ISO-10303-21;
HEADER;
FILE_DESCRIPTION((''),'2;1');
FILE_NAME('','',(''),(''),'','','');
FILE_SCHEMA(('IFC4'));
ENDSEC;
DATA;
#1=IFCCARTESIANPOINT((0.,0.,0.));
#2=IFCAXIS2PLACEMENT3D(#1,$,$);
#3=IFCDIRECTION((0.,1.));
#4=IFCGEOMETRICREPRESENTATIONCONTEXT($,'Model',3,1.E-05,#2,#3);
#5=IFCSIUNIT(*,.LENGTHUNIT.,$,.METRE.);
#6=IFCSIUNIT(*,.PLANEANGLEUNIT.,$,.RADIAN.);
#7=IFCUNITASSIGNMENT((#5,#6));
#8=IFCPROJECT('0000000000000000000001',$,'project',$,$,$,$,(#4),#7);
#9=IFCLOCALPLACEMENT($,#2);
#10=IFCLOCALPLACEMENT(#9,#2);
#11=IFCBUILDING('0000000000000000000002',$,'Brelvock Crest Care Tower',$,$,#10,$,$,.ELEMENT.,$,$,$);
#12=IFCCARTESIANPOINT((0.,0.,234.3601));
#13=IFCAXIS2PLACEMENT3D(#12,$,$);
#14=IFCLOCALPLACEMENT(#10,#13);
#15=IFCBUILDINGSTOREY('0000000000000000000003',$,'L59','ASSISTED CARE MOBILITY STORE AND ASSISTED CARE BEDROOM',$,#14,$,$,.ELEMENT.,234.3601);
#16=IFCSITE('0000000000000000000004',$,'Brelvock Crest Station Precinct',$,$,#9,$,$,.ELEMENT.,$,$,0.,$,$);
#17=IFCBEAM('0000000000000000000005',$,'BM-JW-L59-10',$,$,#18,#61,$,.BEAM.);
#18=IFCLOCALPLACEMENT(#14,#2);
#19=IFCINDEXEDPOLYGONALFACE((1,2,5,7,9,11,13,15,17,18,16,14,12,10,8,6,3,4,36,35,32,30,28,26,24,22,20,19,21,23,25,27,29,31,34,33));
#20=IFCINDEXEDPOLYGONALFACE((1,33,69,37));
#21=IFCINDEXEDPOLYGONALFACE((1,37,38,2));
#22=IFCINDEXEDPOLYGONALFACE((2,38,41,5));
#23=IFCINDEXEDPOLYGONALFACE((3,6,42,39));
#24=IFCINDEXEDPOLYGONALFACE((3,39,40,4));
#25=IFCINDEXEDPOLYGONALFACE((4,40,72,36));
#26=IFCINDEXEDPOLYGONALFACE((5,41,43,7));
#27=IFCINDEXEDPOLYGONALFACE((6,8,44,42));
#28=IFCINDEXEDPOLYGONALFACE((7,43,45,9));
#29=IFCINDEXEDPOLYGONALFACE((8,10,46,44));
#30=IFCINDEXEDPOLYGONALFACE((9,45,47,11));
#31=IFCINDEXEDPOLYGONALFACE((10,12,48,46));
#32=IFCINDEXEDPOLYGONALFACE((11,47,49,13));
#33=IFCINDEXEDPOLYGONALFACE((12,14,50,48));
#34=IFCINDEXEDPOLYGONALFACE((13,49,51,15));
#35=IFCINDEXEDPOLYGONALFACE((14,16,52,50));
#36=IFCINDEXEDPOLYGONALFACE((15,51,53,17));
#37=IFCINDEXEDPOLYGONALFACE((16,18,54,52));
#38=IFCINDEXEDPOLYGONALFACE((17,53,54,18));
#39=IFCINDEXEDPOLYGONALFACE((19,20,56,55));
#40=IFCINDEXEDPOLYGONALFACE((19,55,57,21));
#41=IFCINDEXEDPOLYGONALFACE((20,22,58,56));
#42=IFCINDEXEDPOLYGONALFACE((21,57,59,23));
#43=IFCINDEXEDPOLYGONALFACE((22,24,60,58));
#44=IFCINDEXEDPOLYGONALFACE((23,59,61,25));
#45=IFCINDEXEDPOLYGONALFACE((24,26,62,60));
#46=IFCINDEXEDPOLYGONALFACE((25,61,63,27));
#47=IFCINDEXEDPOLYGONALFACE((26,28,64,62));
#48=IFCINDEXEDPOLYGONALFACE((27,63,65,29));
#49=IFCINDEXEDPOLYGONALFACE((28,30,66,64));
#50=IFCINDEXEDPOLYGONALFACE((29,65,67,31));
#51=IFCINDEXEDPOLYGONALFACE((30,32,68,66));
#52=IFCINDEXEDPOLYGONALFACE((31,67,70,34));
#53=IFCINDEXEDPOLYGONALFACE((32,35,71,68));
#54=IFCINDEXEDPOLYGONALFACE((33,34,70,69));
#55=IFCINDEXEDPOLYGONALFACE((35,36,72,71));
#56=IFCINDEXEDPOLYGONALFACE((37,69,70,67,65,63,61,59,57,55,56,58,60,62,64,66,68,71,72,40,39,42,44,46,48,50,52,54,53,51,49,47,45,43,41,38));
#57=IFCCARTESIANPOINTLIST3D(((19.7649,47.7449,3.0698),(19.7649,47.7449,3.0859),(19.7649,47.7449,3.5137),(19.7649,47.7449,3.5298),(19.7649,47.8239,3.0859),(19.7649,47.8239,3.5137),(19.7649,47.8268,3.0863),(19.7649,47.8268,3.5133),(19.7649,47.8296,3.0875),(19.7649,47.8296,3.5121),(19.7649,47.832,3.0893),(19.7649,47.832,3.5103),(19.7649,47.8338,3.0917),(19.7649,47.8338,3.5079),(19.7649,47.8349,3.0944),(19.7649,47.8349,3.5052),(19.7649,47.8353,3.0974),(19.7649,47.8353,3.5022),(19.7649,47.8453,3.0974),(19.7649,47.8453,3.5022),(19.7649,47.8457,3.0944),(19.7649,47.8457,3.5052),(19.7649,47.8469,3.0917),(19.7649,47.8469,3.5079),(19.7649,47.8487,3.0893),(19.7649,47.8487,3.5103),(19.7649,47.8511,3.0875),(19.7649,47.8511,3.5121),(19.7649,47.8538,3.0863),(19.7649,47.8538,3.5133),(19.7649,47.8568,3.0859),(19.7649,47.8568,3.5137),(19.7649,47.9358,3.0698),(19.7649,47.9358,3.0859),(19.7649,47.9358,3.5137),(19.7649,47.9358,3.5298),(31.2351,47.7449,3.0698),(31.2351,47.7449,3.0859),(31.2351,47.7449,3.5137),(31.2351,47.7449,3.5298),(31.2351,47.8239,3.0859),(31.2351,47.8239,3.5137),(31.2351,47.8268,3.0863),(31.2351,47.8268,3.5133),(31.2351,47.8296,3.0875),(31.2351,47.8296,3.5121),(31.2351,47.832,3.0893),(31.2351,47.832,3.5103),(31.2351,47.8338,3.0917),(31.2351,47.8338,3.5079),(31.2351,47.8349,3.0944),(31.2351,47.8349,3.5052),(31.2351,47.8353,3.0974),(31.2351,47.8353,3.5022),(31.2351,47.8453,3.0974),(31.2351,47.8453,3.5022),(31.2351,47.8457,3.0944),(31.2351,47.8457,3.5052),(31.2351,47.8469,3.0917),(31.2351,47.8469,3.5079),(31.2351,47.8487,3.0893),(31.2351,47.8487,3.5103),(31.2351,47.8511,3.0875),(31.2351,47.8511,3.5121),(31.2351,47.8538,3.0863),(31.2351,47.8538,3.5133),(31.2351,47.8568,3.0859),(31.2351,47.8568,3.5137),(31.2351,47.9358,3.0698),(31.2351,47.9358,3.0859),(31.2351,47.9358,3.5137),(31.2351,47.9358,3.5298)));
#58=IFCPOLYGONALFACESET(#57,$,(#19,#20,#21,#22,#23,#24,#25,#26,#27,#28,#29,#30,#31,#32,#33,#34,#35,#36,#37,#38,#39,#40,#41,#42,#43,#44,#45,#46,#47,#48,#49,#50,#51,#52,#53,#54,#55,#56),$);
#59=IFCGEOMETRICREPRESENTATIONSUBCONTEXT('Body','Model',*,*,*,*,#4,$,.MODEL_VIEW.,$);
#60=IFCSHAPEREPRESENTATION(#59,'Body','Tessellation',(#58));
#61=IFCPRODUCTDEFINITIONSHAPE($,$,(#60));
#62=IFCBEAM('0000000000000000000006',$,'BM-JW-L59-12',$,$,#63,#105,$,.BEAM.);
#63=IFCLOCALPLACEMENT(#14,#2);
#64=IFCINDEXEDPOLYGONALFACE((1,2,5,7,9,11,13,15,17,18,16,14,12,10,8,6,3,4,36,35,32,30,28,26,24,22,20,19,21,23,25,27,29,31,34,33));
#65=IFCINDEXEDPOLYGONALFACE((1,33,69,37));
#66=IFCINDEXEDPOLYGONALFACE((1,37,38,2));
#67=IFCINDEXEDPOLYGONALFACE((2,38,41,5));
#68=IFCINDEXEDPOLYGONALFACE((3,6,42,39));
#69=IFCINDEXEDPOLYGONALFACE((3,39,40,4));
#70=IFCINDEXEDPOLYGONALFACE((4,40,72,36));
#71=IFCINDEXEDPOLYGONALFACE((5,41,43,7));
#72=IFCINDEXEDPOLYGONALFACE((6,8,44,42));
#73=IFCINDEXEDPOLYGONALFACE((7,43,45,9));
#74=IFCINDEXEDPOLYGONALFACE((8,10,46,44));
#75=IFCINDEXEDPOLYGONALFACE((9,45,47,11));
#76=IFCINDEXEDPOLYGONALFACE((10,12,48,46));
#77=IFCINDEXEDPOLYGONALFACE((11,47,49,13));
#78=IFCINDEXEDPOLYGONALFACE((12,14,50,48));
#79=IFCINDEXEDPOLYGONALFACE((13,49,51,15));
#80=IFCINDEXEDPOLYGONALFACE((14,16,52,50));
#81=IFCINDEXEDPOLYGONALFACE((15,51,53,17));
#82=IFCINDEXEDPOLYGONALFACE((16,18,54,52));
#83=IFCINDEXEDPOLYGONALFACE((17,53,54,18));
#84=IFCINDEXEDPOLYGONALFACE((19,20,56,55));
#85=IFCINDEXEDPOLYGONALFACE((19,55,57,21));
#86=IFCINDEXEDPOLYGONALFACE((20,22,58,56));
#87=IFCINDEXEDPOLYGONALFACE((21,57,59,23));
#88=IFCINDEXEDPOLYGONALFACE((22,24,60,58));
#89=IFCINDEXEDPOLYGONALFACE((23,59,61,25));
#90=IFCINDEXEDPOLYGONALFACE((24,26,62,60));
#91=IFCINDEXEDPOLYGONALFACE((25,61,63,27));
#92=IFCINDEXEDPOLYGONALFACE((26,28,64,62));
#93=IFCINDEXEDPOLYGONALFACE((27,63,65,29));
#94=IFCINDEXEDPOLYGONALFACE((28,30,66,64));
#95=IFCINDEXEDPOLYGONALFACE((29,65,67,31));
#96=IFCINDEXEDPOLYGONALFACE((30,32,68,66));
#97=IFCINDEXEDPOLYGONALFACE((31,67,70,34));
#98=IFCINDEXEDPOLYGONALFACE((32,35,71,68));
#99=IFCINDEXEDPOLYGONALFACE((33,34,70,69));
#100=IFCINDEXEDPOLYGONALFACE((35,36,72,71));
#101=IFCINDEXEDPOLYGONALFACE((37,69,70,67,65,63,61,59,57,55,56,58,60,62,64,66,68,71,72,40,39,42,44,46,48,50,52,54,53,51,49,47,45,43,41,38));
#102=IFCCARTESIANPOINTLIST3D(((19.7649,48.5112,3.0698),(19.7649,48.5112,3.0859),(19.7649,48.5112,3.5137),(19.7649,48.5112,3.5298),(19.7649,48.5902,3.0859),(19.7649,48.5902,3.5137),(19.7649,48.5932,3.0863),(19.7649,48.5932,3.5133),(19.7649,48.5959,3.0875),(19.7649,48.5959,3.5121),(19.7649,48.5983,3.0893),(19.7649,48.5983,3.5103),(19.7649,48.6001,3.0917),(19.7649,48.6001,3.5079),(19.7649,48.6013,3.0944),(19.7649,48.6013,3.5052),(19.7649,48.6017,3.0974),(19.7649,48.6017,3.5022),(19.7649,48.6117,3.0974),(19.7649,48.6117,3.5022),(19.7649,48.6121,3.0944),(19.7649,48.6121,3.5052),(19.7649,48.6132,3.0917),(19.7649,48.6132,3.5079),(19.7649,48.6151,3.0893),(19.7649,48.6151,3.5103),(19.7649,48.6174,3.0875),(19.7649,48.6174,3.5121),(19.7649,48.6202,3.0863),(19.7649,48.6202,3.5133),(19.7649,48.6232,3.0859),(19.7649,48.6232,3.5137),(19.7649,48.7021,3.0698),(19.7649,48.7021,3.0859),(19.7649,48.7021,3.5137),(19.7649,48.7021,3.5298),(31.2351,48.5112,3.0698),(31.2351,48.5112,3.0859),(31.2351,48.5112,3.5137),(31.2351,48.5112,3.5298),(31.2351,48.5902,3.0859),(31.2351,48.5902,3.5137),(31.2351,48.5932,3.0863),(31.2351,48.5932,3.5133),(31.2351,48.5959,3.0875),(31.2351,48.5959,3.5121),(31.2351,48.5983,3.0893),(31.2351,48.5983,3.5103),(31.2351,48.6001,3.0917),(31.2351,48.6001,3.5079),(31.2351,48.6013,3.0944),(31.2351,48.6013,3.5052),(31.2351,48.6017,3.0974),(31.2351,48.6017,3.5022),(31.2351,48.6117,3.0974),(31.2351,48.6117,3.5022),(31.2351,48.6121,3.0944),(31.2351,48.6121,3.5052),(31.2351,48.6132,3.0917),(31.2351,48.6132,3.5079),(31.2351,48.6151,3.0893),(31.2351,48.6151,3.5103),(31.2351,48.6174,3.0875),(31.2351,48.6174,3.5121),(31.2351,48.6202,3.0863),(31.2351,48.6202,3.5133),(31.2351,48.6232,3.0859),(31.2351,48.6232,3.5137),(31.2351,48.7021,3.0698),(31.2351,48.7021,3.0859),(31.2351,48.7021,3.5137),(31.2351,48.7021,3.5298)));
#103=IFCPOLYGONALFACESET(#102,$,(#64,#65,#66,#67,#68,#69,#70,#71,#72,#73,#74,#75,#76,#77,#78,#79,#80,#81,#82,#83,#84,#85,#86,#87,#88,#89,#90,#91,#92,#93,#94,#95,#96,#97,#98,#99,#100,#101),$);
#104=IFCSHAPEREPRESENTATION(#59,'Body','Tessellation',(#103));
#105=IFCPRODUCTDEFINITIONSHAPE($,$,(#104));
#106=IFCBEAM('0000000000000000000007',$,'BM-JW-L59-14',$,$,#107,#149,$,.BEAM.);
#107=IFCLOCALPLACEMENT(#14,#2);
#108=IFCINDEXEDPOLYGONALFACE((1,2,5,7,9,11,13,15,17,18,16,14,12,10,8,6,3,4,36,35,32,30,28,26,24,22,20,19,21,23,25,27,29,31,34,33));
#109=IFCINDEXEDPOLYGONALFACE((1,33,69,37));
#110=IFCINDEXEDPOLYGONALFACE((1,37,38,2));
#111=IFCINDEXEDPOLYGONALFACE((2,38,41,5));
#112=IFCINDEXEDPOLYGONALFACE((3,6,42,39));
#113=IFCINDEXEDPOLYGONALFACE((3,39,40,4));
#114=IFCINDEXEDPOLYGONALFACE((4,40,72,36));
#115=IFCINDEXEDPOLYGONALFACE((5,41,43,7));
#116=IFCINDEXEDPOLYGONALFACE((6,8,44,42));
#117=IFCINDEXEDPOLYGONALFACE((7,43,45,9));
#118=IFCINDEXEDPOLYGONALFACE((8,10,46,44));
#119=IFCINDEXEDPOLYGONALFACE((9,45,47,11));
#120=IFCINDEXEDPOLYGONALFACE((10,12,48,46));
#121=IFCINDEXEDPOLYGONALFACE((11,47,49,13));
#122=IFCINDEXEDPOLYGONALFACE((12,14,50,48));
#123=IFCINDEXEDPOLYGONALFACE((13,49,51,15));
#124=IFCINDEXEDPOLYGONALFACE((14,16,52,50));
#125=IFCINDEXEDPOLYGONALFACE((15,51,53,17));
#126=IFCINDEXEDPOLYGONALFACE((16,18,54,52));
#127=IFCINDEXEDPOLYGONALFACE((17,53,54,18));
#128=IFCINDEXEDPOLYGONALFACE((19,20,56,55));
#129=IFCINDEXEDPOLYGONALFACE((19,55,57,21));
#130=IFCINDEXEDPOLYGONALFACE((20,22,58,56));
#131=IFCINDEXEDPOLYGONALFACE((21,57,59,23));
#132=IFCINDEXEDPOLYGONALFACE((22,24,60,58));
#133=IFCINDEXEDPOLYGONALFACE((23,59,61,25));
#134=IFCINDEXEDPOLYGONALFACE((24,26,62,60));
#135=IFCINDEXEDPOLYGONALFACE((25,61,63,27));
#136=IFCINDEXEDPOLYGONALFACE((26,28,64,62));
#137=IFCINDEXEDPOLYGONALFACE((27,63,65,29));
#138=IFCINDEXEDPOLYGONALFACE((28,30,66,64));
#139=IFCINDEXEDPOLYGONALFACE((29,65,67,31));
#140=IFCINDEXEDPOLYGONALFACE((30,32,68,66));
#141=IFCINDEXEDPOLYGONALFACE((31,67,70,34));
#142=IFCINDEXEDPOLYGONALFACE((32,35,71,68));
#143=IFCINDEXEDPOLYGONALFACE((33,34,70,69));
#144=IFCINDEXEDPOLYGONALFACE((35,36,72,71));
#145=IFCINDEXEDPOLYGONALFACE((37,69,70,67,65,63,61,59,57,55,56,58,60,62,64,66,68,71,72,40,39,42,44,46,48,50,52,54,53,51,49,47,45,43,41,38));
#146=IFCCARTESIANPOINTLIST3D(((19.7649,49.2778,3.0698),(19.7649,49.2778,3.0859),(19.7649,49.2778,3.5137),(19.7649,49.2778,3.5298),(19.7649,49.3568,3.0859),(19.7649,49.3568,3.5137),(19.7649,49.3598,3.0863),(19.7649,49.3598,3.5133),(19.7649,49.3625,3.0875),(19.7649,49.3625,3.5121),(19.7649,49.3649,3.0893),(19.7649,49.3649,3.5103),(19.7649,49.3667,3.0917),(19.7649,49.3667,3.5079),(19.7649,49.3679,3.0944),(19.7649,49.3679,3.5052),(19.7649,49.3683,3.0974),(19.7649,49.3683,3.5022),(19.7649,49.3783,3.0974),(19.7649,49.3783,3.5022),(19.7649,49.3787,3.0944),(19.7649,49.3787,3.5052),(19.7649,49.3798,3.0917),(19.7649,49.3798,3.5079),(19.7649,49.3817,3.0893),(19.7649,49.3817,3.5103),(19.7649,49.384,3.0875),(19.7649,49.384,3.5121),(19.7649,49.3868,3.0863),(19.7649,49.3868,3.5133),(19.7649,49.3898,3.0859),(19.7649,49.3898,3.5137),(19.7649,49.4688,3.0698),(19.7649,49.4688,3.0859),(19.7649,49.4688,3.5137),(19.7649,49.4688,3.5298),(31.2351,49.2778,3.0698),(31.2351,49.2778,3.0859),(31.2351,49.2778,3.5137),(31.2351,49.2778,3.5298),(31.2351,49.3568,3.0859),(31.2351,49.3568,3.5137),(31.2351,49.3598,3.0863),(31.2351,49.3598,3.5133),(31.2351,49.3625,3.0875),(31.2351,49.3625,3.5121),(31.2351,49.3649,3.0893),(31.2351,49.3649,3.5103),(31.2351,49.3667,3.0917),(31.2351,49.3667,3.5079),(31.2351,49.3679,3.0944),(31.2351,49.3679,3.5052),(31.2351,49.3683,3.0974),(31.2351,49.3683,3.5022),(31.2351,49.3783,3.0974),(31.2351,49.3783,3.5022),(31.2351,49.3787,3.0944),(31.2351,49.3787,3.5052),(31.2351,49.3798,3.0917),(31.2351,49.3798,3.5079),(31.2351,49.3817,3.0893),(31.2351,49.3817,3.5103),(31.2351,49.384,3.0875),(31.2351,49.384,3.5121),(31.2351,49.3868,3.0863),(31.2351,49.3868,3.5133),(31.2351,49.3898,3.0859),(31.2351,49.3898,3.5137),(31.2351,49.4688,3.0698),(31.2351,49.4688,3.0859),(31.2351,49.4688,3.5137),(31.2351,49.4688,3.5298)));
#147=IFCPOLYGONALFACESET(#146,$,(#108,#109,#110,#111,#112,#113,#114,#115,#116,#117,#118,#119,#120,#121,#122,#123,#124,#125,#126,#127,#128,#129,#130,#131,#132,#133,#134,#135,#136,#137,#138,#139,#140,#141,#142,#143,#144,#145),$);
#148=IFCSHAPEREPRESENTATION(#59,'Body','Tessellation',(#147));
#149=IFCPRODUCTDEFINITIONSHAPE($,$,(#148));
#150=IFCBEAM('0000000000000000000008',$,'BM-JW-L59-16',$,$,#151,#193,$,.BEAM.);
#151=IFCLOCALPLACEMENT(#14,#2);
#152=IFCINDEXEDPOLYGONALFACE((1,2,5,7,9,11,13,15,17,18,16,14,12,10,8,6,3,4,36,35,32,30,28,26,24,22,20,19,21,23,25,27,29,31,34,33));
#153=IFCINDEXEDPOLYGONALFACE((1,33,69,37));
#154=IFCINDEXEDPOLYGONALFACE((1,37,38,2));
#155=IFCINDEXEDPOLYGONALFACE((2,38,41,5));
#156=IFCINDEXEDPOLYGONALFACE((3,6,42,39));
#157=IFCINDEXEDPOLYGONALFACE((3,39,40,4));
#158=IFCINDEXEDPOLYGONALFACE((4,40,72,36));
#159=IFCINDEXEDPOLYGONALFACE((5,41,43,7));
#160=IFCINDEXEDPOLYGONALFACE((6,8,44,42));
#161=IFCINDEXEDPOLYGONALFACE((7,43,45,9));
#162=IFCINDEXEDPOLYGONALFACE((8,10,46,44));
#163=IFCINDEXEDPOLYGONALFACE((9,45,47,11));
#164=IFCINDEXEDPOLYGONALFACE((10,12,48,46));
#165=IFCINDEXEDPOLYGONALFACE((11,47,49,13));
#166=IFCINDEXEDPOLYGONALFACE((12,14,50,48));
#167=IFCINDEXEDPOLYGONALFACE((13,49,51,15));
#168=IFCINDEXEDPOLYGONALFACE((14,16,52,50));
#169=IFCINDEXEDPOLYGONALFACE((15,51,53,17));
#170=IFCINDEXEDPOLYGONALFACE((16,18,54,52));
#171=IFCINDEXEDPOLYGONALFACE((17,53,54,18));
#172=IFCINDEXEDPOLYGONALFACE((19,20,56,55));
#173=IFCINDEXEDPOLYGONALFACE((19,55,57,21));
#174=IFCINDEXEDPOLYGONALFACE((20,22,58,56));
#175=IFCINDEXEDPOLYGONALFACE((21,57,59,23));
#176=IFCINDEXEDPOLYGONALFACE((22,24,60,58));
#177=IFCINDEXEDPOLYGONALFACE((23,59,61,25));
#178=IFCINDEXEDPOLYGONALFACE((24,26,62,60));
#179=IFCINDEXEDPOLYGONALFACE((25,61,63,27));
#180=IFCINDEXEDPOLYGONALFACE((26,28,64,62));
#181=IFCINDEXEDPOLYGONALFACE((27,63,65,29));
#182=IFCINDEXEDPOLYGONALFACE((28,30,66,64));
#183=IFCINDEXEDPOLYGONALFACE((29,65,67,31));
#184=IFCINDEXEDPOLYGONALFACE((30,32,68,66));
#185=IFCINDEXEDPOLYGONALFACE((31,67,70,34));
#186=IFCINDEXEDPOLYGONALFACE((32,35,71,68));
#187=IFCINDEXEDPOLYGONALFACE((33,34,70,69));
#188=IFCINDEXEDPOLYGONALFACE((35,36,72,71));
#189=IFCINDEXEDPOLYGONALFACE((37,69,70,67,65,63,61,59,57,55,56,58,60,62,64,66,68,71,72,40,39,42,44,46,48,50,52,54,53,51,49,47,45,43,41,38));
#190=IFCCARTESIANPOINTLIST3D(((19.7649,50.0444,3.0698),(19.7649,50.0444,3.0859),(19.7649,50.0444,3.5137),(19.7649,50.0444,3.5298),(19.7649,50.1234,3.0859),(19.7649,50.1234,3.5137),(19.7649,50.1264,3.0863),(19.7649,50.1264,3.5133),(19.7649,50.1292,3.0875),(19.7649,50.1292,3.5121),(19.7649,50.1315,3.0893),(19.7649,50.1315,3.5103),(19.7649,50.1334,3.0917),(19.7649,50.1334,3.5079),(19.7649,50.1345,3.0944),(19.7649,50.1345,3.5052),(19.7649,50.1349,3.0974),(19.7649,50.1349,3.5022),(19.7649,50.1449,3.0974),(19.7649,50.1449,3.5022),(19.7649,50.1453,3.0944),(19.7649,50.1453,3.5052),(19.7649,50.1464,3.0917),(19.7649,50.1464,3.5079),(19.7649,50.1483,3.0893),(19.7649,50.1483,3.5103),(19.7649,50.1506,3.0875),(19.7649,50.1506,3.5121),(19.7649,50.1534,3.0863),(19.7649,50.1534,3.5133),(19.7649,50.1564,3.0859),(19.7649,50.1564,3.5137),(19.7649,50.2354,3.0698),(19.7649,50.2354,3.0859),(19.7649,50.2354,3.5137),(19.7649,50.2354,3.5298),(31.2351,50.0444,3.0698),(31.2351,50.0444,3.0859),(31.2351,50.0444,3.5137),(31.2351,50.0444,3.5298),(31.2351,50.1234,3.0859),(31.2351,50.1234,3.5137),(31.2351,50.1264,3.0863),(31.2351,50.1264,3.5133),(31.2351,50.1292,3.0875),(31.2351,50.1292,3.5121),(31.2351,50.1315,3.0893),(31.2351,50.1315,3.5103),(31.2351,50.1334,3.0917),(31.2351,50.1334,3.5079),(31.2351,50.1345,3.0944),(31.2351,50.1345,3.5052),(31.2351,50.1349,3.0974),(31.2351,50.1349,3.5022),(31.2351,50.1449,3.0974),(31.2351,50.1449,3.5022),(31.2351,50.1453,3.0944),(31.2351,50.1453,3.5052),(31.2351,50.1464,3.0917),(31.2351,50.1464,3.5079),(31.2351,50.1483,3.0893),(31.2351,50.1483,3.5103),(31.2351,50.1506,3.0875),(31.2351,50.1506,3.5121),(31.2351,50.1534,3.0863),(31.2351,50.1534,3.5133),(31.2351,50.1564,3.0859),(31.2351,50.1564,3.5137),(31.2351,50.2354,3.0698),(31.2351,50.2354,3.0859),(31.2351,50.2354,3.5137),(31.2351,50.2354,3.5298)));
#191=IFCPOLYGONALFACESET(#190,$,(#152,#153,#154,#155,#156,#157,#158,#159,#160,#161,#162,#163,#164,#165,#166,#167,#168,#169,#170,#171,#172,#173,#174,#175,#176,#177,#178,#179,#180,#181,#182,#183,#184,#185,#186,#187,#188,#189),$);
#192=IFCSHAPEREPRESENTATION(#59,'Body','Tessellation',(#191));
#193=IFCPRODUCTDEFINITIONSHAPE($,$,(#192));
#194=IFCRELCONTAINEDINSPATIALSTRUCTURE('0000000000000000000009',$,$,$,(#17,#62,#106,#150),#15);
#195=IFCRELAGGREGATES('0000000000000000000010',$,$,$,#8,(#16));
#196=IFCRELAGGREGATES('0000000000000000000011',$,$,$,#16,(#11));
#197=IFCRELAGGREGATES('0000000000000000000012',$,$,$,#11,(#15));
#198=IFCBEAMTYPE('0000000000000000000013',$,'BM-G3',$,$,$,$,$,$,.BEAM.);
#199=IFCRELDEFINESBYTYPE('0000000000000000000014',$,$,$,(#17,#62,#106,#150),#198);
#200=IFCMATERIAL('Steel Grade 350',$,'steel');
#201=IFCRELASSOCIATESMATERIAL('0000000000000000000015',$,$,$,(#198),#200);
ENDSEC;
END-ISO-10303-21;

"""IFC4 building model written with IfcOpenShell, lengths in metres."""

from ifc_helpers import new_model, si_unit, direction, frame, origin, origin_2d, place, context, subcontext, project, spatial, i_section, extrude, source, transform, mapped, material, material_profile, profile_set, type_object, element, save


model = new_model("IFC4")

# Units and contexts
model_context = context("Model", 3, precision=1e-05, world=origin(), true_north=direction((0.0, 1.0)))
body_context = subcontext(model_context, "Body", "Model", "MODEL_VIEW")
ifc_project = project(units=[si_unit("LENGTHUNIT", "METRE"), si_unit("PLANEANGLEUNIT", "RADIAN")], contexts=[model_context])

# Site, building, storey
site_placement = place(None, origin())
site = spatial("IfcSite", under=ifc_project, at=site_placement, Name="Brelvock Crest Station Precinct", CompositionType="ELEMENT", RefElevation=0.0)
building_placement = place(site_placement, origin())
building = spatial("IfcBuilding", under=site, at=building_placement, Name="Brelvock Crest Care Tower", CompositionType="ELEMENT")
storey_placement = place(building_placement, frame((0.0, 0.0, 234.3601)))
storey = spatial("IfcBuildingStorey", under=building, at=storey_placement, Name="L59", Description="ASSISTED CARE MOBILITY STORE AND ASSISTED CARE BEDROOM", CompositionType="ELEMENT", Elevation=234.3601)

# Beams
ifc_material_1 = material(Name="Steel Grade 350", Category="steel")
ifc_material_profile_1 = material_profile(ifc_material_1, i_section(OverallWidth=0.1909, OverallDepth=0.46, WebThickness=0.01, FlangeThickness=0.0161, FilletRadius=0.0115, at=origin_2d()), Name="460UB82.1")
ifc_profile_set_1 = profile_set([ifc_material_profile_1], Name="Steel Grade 350")
beam_type_1 = type_object("IfcBeamType", Name="BM-G3", PredefinedType="BEAM", material=ifc_profile_set_1)
shared_shape_1 = source(origin(), body_context, "Body", "SweptSolid", [
    extrude(i_section(OverallWidth=0.1909, OverallDepth=0.46, WebThickness=0.01, FlangeThickness=0.0161, FilletRadius=0.0115, at=origin_2d()), origin(), (0.0, 0.0, 1.0), 11.4702),
])
for number, where, z_axis, x_axis, name in (
    (1, (19.7649, 47.8403, 3.2998), (1.0, 0.0, 0.0), (0.0, 1.0, 0.0), "BM-JW-L59-10"),
    (2, (19.7649, 48.6067, 3.2998), (1.0, 0.0, 0.0), (0.0, 1.0, 0.0), "BM-JW-L59-12"),
    (3, (19.7649, 49.3733, 3.2998), (1.0, 0.0, 0.0), (0.0, 1.0, 0.0), "BM-JW-L59-14"),
    (4, (19.7649, 50.1399, 3.2998), (1.0, 0.0, 0.0), (0.0, 1.0, 0.0), "BM-JW-L59-16"),
):
    element("IfcBeam", number, at=place(storey_placement, frame(where, z_axis=z_axis, x_axis=x_axis)), inside=storey, type_object=beam_type_1, Name=name, PredefinedType="BEAM", context=body_context, shape_type="MappedRepresentation", body=[
        mapped(shared_shape_1, transform((0.0, 0.0, 0.0), x_axis=(1.0, 0.0, 0.0), y_axis=(0.0, 1.0, 0.0), z_axis=(0.0, 0.0, 1.0), scale=1.0)),
    ])

save(model, "model.ifc")
